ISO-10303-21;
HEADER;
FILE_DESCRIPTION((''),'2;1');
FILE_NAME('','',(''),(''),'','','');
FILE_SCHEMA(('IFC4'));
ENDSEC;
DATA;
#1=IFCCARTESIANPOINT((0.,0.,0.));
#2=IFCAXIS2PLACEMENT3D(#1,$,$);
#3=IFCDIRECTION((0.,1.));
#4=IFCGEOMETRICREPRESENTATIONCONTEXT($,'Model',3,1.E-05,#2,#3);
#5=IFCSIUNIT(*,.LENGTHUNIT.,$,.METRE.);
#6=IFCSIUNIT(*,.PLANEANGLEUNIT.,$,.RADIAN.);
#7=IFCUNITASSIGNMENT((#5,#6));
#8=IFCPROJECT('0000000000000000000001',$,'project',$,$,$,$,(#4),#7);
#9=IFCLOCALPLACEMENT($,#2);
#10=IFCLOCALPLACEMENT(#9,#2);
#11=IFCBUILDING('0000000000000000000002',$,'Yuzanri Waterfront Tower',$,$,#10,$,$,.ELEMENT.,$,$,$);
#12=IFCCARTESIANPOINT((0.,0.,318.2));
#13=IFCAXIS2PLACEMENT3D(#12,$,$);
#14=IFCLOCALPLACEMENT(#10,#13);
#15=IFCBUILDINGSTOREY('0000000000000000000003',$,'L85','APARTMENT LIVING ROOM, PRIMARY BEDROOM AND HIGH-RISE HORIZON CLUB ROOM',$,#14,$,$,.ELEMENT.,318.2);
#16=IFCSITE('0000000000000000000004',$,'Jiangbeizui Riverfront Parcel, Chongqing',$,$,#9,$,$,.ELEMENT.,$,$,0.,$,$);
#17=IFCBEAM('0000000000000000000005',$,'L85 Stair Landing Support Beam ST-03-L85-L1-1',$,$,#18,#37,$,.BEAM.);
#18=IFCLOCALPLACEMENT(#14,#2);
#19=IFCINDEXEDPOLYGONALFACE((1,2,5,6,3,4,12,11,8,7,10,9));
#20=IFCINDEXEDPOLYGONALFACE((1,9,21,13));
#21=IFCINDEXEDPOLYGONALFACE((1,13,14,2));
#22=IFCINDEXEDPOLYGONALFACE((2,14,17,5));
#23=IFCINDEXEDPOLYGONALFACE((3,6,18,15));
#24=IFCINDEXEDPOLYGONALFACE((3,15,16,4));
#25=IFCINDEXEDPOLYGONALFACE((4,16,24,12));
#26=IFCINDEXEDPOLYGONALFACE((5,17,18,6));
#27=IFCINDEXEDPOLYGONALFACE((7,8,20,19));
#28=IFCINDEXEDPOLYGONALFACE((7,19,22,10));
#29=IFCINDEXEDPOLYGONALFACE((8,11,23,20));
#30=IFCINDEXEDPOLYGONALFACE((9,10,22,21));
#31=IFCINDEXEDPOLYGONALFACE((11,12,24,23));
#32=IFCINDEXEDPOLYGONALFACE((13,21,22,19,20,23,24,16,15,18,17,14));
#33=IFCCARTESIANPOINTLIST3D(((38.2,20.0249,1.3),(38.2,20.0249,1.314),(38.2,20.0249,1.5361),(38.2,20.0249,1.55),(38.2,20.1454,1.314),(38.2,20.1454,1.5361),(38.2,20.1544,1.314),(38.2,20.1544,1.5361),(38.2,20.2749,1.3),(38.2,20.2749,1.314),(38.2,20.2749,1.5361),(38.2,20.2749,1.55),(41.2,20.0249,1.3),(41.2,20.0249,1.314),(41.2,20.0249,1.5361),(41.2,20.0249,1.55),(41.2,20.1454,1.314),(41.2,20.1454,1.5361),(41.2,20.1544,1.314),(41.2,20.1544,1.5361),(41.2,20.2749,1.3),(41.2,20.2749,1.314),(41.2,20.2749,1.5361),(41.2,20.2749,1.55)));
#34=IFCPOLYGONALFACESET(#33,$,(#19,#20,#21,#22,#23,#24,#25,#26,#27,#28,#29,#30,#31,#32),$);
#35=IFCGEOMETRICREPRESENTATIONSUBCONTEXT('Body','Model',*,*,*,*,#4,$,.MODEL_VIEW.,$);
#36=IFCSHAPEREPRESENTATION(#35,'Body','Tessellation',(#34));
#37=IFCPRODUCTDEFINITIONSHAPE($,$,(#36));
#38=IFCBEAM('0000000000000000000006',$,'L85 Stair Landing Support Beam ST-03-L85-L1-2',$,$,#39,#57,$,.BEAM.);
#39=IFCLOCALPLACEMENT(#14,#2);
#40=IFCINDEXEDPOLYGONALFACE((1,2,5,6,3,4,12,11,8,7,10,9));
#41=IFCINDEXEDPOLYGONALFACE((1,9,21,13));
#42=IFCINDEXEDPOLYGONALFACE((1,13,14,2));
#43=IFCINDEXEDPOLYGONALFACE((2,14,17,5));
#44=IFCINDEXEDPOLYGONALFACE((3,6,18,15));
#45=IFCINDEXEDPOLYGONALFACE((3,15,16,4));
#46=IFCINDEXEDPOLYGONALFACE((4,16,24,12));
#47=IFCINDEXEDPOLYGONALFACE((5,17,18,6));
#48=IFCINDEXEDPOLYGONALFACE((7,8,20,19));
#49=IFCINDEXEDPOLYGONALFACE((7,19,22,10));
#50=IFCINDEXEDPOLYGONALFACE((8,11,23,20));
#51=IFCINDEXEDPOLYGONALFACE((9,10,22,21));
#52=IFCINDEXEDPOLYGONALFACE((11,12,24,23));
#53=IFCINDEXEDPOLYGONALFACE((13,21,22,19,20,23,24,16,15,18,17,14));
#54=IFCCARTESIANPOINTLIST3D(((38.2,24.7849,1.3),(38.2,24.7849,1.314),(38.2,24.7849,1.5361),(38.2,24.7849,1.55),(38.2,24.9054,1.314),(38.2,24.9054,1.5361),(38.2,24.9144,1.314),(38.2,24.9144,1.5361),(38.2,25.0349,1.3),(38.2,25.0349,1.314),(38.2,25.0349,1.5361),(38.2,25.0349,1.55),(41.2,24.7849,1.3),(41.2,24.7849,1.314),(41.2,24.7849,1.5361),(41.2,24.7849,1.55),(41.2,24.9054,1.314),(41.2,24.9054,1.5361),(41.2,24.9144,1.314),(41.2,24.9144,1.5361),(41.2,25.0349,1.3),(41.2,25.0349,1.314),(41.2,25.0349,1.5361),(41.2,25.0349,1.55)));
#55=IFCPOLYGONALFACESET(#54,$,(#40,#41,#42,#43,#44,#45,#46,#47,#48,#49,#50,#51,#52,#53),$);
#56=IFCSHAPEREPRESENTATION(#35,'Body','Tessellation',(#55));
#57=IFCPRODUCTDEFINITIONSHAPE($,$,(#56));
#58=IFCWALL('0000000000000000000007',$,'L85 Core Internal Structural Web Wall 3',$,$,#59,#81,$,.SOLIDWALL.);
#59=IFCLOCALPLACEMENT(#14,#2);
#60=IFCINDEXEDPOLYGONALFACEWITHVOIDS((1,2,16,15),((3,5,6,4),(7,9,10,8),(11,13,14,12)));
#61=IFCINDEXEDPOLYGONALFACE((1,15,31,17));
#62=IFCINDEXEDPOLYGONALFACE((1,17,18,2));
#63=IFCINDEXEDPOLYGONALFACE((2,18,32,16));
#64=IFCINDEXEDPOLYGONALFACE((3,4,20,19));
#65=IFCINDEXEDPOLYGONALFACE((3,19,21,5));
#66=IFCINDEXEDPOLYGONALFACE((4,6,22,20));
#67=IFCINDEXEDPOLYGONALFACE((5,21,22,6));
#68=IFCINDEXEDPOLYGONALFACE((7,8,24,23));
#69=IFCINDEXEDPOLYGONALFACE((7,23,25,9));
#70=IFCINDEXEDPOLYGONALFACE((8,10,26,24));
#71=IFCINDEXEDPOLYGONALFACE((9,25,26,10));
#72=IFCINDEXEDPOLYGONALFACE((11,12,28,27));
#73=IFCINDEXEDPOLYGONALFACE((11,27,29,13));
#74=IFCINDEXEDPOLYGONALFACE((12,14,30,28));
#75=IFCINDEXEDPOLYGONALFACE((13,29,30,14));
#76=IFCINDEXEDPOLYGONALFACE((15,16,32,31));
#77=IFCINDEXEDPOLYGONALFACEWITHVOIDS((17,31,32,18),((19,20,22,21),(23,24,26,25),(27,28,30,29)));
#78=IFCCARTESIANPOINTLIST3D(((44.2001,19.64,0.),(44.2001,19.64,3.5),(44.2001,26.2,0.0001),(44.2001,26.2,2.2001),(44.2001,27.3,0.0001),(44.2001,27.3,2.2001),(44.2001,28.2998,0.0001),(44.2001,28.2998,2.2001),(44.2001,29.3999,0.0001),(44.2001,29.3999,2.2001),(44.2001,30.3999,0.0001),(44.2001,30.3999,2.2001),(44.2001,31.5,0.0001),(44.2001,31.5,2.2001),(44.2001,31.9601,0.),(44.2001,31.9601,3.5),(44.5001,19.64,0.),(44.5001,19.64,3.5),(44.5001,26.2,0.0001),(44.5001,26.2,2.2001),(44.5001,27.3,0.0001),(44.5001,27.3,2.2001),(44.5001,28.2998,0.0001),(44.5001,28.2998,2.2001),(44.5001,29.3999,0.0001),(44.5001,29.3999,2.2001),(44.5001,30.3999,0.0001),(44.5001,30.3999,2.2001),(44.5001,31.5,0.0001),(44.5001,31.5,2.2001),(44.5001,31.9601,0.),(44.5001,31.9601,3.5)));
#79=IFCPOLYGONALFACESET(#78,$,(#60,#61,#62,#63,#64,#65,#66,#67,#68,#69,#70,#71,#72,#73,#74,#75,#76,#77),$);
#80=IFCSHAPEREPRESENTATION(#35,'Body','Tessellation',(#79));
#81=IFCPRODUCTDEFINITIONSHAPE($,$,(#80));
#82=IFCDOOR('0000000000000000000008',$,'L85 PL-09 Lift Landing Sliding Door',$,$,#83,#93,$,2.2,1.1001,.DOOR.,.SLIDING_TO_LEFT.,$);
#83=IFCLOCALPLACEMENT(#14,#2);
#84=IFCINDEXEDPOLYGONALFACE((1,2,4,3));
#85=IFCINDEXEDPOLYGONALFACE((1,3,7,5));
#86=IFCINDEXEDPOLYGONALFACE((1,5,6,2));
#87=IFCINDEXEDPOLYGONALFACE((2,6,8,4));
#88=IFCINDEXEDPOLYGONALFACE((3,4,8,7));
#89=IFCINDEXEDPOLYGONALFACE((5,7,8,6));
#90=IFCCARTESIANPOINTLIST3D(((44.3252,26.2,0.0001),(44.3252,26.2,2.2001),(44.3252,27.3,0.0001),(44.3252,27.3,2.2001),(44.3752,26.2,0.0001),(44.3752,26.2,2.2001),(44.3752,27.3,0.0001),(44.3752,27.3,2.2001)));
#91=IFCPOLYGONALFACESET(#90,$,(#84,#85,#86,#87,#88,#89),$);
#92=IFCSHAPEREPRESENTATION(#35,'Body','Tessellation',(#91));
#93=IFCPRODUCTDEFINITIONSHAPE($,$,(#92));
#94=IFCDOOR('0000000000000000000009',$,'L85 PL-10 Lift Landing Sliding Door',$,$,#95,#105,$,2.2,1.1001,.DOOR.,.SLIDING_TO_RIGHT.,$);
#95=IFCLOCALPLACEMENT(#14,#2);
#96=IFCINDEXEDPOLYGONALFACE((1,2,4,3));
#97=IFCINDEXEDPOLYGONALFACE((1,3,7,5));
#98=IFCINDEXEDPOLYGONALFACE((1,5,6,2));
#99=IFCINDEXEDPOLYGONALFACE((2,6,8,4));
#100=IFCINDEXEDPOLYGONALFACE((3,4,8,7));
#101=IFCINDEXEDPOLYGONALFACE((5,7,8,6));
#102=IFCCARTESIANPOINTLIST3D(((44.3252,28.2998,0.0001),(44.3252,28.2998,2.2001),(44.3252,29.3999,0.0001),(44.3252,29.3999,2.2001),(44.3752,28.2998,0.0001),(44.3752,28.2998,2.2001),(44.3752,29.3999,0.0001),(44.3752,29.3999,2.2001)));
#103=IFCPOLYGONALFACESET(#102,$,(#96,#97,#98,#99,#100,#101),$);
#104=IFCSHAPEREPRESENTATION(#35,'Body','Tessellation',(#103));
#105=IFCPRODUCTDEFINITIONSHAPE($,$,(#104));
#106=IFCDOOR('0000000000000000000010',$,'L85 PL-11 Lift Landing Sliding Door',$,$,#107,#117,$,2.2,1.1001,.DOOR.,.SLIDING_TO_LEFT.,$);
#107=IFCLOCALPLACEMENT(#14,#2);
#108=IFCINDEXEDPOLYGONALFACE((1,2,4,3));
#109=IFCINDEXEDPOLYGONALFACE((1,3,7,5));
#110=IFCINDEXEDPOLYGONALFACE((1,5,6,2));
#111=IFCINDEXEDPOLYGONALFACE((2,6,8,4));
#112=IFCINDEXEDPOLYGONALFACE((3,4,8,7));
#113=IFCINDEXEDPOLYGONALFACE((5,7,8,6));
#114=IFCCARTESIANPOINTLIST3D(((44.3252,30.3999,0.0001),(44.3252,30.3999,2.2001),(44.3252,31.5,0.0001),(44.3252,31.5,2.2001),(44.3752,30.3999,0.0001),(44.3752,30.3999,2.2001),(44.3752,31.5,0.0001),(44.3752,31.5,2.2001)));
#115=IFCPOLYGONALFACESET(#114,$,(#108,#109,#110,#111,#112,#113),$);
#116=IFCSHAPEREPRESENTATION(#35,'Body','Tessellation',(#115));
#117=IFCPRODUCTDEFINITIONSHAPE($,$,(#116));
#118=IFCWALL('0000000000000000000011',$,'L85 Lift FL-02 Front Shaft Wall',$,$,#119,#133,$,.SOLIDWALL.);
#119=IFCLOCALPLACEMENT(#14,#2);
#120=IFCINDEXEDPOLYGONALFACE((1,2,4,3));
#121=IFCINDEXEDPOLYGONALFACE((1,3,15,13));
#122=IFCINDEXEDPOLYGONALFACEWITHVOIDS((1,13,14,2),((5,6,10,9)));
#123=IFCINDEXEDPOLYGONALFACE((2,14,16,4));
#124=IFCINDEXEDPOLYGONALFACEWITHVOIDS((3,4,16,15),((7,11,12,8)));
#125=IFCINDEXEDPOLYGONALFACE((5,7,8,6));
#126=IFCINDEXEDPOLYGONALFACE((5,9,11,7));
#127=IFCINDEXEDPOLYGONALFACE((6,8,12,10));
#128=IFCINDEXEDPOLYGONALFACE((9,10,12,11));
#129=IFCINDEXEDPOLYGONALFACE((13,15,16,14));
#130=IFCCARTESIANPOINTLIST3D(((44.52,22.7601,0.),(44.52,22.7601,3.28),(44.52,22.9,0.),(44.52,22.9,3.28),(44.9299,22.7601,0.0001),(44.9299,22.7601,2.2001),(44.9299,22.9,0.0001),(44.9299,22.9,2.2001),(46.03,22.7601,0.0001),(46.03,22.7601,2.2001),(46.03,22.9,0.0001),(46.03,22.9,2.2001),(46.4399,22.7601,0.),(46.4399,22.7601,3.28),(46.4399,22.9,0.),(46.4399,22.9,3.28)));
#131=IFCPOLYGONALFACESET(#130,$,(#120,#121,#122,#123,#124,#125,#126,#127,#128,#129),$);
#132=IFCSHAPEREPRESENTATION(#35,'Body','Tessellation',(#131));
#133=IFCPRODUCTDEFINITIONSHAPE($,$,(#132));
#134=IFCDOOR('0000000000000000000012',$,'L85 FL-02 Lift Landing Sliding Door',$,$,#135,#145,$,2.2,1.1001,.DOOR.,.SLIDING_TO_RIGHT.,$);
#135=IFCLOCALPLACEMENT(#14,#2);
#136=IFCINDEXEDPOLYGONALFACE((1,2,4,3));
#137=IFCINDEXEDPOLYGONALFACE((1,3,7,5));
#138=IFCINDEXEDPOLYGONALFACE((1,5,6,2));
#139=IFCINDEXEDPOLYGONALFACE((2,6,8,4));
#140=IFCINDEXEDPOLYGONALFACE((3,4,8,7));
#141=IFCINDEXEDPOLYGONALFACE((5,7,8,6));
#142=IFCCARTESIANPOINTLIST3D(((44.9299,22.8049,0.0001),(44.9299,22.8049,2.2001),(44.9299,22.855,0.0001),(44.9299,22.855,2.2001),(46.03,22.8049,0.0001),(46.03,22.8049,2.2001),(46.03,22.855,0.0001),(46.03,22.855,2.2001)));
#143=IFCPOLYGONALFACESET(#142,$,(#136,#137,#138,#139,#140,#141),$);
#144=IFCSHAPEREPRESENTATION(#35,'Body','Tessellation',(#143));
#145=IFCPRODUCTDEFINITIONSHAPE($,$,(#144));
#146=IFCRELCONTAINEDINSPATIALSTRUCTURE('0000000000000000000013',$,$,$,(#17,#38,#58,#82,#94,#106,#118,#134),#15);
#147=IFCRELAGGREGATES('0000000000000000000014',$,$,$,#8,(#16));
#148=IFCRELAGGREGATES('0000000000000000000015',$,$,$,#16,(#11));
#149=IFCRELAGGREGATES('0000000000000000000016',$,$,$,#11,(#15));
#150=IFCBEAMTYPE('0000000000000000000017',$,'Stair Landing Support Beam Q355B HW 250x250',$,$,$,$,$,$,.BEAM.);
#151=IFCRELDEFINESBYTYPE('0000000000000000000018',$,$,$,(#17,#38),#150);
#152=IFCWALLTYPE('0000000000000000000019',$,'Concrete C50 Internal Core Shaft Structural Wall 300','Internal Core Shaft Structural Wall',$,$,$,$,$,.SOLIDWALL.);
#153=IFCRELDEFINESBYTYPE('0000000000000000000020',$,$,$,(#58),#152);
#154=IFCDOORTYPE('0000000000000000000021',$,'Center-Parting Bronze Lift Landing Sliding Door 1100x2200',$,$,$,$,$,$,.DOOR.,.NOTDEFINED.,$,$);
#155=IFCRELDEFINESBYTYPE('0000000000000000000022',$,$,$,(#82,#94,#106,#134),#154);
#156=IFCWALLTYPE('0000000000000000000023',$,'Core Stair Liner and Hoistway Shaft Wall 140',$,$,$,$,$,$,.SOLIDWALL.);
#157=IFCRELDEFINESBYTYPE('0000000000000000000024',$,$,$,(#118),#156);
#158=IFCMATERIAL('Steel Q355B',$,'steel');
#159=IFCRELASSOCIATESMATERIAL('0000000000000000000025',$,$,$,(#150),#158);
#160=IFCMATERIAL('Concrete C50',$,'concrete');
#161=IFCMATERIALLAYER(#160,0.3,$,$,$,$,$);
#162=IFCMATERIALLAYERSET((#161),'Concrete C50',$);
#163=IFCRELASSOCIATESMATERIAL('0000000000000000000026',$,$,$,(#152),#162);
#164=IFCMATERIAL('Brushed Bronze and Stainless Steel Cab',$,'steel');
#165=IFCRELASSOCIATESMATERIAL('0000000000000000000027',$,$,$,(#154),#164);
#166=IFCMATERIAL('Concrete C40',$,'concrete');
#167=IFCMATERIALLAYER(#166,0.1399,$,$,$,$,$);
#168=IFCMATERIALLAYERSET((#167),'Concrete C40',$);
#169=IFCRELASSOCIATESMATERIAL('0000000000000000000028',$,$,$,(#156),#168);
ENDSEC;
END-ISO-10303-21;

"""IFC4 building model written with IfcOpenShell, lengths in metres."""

from ifc_helpers import new_model, si_unit, direction, frame, frame_2d, origin, origin_2d, place, context, subcontext, project, spatial, rectangle, i_section, extrude, source, transform, mapped, material, layer, layer_set, material_profile, profile_set, type_object, element, fill, save


model = new_model("IFC4")

# Units and contexts
model_context = context("Model", 3, precision=1e-05, world=origin(), true_north=direction((0.0, 1.0)))
body_context = subcontext(model_context, "Body", "Model", "MODEL_VIEW")
ifc_project = project(units=[si_unit("LENGTHUNIT", "METRE"), si_unit("PLANEANGLEUNIT", "RADIAN")], contexts=[model_context])

# Site, building, storey
site_placement = place(None, origin())
site = spatial("IfcSite", under=ifc_project, at=site_placement, Name="Jiangbeizui Riverfront Parcel, Chongqing", CompositionType="ELEMENT", RefElevation=0.0)
building_placement = place(site_placement, origin())
building = spatial("IfcBuilding", under=site, at=building_placement, Name="Yuzanri Waterfront Tower", CompositionType="ELEMENT")
storey_placement = place(building_placement, frame((0.0, 0.0, 318.2)))
storey = spatial("IfcBuildingStorey", under=building, at=storey_placement, Name="L85", Description="APARTMENT LIVING ROOM, PRIMARY BEDROOM AND HIGH-RISE HORIZON CLUB ROOM", CompositionType="ELEMENT", Elevation=318.2)

# Beams
ifc_material_1 = material(Name="Steel Q355B", Category="steel")
ifc_material_profile = material_profile(ifc_material_1, i_section(OverallWidth=0.25, OverallDepth=0.25, WebThickness=0.009, FlangeThickness=0.0139, at=origin_2d()), Name="HW 250x250x9x14")
ifc_profile_set = profile_set([ifc_material_profile], Name="Steel Q355B")
beam_type = type_object("IfcBeamType", Name="Stair Landing Support Beam Q355B HW 250x250", PredefinedType="BEAM", material=ifc_profile_set)
shared_shape_1 = source(origin(), body_context, "Body", "SweptSolid", [
    extrude(i_section(OverallWidth=0.25, OverallDepth=0.25, WebThickness=0.009, FlangeThickness=0.0139, at=origin_2d()), origin(), (0.0, 0.0, 1.0), 3.0),
])
for number, where, z_axis, x_axis, name in (
    (1, (38.2, 20.1499, 1.425), (1.0, 0.0, 0.0), (0.0, 1.0, 0.0), "L85 Stair Landing Support Beam ST-03-L85-L1-1"),
    (2, (38.2, 24.9099, 1.425), (1.0, 0.0, 0.0), (0.0, 1.0, 0.0), "L85 Stair Landing Support Beam ST-03-L85-L1-2"),
):
    element("IfcBeam", number, at=place(storey_placement, frame(where, z_axis=z_axis, x_axis=x_axis)), inside=storey, type_object=beam_type, Name=name, PredefinedType="BEAM", context=body_context, shape_type="MappedRepresentation", body=[
        mapped(shared_shape_1, transform((0.0, 0.0, 0.0), scale=1.0)),
    ])

# Wall, openings, doors
ifc_material_2 = material(Name="Concrete C50", Category="concrete")
ifc_layer_1 = layer(ifc_material_2, 0.3)
ifc_layer_set_1 = layer_set([ifc_layer_1], Name="Concrete C50")
wall_type_1 = type_object("IfcWallType", Name="Concrete C50 Internal Core Shaft Structural Wall 300", Description="Internal Core Shaft Structural Wall", PredefinedType="SOLIDWALL", material=ifc_layer_set_1)
wall_1_placement = place(storey_placement, frame((44.3501, 19.6399, 0.0), z_axis=(0.0, 0.0, 1.0), x_axis=(0.0, 1.0, 0.0)))
wall_1 = element("IfcWall", 3, at=wall_1_placement, inside=storey, type_object=wall_type_1, Name="L85 Core Internal Structural Web Wall 3", PredefinedType="SOLIDWALL", context=body_context, shape_type="SweptSolid", body=[
    extrude(rectangle(XDim=12.3201, YDim=0.3, at=frame_2d((6.1602, 0.0))), origin(), (0.0, 0.0, 1.0), 3.5),
])
opening_1_placement = place(wall_1_placement, frame((6.5601, 0.0, 0.0)))
opening_1 = element("IfcOpeningElement", 4, at=opening_1_placement, cuts=wall_1, PredefinedType="OPENING", context=body_context, shape_type="SweptSolid", body=[
    extrude(rectangle(XDim=1.1001, YDim=2.2, at=frame_2d((0.55, 1.1001))), frame((0.0, 0.165, 0.0), z_axis=(0.0, -1.0, 0.0), x_axis=(1.0, 0.0, 0.0)), (0.0, 0.0, 1.0), 0.3298),
])
opening_2_placement = place(wall_1_placement, frame((8.6599, 0.0, 0.0)))
opening_2 = element("IfcOpeningElement", 5, at=opening_2_placement, cuts=wall_1, PredefinedType="OPENING", context=body_context, shape_type="SweptSolid", body=[
    extrude(rectangle(XDim=1.1001, YDim=2.2, at=frame_2d((0.55, 1.1001))), frame((0.0, 0.165, 0.0), z_axis=(0.0, -1.0, 0.0), x_axis=(1.0, 0.0, 0.0)), (0.0, 0.0, 1.0), 0.3298),
])
opening_3_placement = place(wall_1_placement, frame((10.76, 0.0, 0.0)))
opening_3 = element("IfcOpeningElement", 6, at=opening_3_placement, cuts=wall_1, PredefinedType="OPENING", context=body_context, shape_type="SweptSolid", body=[
    extrude(rectangle(XDim=1.1001, YDim=2.2, at=frame_2d((0.55, 1.1001))), frame((0.0, 0.165, 0.0), z_axis=(0.0, -1.0, 0.0), x_axis=(1.0, 0.0, 0.0)), (0.0, 0.0, 1.0), 0.3298),
])
ifc_material_3 = material(Name="Brushed Bronze and Stainless Steel Cab", Category="steel")
door_type_1 = type_object("IfcDoorType", Name="Center-Parting Bronze Lift Landing Sliding Door 1100x2200", OperationType="NOTDEFINED", PredefinedType="DOOR", material=ifc_material_3)
shared_shape_2 = source(origin(), body_context, "Body", "SweptSolid", [
    extrude(rectangle(XDim=1.1001, YDim=2.2, at=frame_2d((0.55, 1.1001))), frame((0.0, 0.0249, 0.0), z_axis=(0.0, -1.0, 0.0), x_axis=(1.0, 0.0, 0.0)), (0.0, 0.0, 1.0), 0.05),
])
door_1_placement = place(opening_1_placement, origin())
door_1 = element("IfcDoor", 7, at=door_1_placement, inside=storey, type_object=door_type_1, Name="L85 PL-09 Lift Landing Sliding Door", OperationType="SLIDING_TO_LEFT", OverallHeight=2.2, OverallWidth=1.1001, PredefinedType="DOOR", context=body_context, shape_type="MappedRepresentation", body=[
    mapped(shared_shape_2, transform((0.0, 0.0, 0.0), scale=1.0)),
])
fill(opening_1, door_1)
door_2_placement = place(opening_2_placement, origin())
door_2 = element("IfcDoor", 8, at=door_2_placement, inside=storey, type_object=door_type_1, Name="L85 PL-10 Lift Landing Sliding Door", OperationType="SLIDING_TO_RIGHT", OverallHeight=2.2, OverallWidth=1.1001, PredefinedType="DOOR", context=body_context, shape_type="MappedRepresentation", body=[
    mapped(shared_shape_2, transform((0.0, 0.0, 0.0), scale=1.0)),
])
fill(opening_2, door_2)
door_3_placement = place(opening_3_placement, origin())
door_3 = element("IfcDoor", 9, at=door_3_placement, inside=storey, type_object=door_type_1, Name="L85 PL-11 Lift Landing Sliding Door", OperationType="SLIDING_TO_LEFT", OverallHeight=2.2, OverallWidth=1.1001, PredefinedType="DOOR", context=body_context, shape_type="MappedRepresentation", body=[
    mapped(shared_shape_2, transform((0.0, 0.0, 0.0), scale=1.0)),
])
fill(opening_3, door_3)

# Wall, opening, door
ifc_material_4 = material(Name="Concrete C40", Category="concrete")
ifc_layer_2 = layer(ifc_material_4, 0.1399)
ifc_layer_set_2 = layer_set([ifc_layer_2], Name="Concrete C40")
wall_type_2 = type_object("IfcWallType", Name="Core Stair Liner and Hoistway Shaft Wall 140", PredefinedType="SOLIDWALL", material=ifc_layer_set_2)
wall_2_placement = place(storey_placement, frame((44.52, 22.8301, 0.0), z_axis=(0.0, 0.0, 1.0), x_axis=(1.0, 0.0, 0.0)))
wall_2 = element("IfcWall", 10, at=wall_2_placement, inside=storey, type_object=wall_type_2, Name="L85 Lift FL-02 Front Shaft Wall", PredefinedType="SOLIDWALL", context=body_context, shape_type="SweptSolid", body=[
    extrude(rectangle(XDim=1.9199, YDim=0.1399, at=frame_2d((0.96, 0.0))), origin(), (0.0, 0.0, 1.0), 3.28),
])
opening_4_placement = place(wall_2_placement, frame((0.4099, 0.0, 0.0)))
opening_4 = element("IfcOpeningElement", 11, at=opening_4_placement, cuts=wall_2, PredefinedType="OPENING", context=body_context, shape_type="SweptSolid", body=[
    extrude(rectangle(XDim=1.1001, YDim=2.2, at=frame_2d((0.55, 1.1001))), frame((0.0, 0.085, 0.0), z_axis=(0.0, -1.0, 0.0), x_axis=(1.0, 0.0, 0.0)), (0.0, 0.0, 1.0), 0.1697),
])
door_4_placement = place(opening_4_placement, origin())
door_4 = element("IfcDoor", 12, at=door_4_placement, inside=storey, type_object=door_type_1, Name="L85 FL-02 Lift Landing Sliding Door", OperationType="SLIDING_TO_RIGHT", OverallHeight=2.2, OverallWidth=1.1001, PredefinedType="DOOR", context=body_context, shape_type="MappedRepresentation", body=[
    mapped(shared_shape_2, transform((0.0, 0.0, 0.0), scale=1.0)),
])
fill(opening_4, door_4)

save(model, "model.ifc")
